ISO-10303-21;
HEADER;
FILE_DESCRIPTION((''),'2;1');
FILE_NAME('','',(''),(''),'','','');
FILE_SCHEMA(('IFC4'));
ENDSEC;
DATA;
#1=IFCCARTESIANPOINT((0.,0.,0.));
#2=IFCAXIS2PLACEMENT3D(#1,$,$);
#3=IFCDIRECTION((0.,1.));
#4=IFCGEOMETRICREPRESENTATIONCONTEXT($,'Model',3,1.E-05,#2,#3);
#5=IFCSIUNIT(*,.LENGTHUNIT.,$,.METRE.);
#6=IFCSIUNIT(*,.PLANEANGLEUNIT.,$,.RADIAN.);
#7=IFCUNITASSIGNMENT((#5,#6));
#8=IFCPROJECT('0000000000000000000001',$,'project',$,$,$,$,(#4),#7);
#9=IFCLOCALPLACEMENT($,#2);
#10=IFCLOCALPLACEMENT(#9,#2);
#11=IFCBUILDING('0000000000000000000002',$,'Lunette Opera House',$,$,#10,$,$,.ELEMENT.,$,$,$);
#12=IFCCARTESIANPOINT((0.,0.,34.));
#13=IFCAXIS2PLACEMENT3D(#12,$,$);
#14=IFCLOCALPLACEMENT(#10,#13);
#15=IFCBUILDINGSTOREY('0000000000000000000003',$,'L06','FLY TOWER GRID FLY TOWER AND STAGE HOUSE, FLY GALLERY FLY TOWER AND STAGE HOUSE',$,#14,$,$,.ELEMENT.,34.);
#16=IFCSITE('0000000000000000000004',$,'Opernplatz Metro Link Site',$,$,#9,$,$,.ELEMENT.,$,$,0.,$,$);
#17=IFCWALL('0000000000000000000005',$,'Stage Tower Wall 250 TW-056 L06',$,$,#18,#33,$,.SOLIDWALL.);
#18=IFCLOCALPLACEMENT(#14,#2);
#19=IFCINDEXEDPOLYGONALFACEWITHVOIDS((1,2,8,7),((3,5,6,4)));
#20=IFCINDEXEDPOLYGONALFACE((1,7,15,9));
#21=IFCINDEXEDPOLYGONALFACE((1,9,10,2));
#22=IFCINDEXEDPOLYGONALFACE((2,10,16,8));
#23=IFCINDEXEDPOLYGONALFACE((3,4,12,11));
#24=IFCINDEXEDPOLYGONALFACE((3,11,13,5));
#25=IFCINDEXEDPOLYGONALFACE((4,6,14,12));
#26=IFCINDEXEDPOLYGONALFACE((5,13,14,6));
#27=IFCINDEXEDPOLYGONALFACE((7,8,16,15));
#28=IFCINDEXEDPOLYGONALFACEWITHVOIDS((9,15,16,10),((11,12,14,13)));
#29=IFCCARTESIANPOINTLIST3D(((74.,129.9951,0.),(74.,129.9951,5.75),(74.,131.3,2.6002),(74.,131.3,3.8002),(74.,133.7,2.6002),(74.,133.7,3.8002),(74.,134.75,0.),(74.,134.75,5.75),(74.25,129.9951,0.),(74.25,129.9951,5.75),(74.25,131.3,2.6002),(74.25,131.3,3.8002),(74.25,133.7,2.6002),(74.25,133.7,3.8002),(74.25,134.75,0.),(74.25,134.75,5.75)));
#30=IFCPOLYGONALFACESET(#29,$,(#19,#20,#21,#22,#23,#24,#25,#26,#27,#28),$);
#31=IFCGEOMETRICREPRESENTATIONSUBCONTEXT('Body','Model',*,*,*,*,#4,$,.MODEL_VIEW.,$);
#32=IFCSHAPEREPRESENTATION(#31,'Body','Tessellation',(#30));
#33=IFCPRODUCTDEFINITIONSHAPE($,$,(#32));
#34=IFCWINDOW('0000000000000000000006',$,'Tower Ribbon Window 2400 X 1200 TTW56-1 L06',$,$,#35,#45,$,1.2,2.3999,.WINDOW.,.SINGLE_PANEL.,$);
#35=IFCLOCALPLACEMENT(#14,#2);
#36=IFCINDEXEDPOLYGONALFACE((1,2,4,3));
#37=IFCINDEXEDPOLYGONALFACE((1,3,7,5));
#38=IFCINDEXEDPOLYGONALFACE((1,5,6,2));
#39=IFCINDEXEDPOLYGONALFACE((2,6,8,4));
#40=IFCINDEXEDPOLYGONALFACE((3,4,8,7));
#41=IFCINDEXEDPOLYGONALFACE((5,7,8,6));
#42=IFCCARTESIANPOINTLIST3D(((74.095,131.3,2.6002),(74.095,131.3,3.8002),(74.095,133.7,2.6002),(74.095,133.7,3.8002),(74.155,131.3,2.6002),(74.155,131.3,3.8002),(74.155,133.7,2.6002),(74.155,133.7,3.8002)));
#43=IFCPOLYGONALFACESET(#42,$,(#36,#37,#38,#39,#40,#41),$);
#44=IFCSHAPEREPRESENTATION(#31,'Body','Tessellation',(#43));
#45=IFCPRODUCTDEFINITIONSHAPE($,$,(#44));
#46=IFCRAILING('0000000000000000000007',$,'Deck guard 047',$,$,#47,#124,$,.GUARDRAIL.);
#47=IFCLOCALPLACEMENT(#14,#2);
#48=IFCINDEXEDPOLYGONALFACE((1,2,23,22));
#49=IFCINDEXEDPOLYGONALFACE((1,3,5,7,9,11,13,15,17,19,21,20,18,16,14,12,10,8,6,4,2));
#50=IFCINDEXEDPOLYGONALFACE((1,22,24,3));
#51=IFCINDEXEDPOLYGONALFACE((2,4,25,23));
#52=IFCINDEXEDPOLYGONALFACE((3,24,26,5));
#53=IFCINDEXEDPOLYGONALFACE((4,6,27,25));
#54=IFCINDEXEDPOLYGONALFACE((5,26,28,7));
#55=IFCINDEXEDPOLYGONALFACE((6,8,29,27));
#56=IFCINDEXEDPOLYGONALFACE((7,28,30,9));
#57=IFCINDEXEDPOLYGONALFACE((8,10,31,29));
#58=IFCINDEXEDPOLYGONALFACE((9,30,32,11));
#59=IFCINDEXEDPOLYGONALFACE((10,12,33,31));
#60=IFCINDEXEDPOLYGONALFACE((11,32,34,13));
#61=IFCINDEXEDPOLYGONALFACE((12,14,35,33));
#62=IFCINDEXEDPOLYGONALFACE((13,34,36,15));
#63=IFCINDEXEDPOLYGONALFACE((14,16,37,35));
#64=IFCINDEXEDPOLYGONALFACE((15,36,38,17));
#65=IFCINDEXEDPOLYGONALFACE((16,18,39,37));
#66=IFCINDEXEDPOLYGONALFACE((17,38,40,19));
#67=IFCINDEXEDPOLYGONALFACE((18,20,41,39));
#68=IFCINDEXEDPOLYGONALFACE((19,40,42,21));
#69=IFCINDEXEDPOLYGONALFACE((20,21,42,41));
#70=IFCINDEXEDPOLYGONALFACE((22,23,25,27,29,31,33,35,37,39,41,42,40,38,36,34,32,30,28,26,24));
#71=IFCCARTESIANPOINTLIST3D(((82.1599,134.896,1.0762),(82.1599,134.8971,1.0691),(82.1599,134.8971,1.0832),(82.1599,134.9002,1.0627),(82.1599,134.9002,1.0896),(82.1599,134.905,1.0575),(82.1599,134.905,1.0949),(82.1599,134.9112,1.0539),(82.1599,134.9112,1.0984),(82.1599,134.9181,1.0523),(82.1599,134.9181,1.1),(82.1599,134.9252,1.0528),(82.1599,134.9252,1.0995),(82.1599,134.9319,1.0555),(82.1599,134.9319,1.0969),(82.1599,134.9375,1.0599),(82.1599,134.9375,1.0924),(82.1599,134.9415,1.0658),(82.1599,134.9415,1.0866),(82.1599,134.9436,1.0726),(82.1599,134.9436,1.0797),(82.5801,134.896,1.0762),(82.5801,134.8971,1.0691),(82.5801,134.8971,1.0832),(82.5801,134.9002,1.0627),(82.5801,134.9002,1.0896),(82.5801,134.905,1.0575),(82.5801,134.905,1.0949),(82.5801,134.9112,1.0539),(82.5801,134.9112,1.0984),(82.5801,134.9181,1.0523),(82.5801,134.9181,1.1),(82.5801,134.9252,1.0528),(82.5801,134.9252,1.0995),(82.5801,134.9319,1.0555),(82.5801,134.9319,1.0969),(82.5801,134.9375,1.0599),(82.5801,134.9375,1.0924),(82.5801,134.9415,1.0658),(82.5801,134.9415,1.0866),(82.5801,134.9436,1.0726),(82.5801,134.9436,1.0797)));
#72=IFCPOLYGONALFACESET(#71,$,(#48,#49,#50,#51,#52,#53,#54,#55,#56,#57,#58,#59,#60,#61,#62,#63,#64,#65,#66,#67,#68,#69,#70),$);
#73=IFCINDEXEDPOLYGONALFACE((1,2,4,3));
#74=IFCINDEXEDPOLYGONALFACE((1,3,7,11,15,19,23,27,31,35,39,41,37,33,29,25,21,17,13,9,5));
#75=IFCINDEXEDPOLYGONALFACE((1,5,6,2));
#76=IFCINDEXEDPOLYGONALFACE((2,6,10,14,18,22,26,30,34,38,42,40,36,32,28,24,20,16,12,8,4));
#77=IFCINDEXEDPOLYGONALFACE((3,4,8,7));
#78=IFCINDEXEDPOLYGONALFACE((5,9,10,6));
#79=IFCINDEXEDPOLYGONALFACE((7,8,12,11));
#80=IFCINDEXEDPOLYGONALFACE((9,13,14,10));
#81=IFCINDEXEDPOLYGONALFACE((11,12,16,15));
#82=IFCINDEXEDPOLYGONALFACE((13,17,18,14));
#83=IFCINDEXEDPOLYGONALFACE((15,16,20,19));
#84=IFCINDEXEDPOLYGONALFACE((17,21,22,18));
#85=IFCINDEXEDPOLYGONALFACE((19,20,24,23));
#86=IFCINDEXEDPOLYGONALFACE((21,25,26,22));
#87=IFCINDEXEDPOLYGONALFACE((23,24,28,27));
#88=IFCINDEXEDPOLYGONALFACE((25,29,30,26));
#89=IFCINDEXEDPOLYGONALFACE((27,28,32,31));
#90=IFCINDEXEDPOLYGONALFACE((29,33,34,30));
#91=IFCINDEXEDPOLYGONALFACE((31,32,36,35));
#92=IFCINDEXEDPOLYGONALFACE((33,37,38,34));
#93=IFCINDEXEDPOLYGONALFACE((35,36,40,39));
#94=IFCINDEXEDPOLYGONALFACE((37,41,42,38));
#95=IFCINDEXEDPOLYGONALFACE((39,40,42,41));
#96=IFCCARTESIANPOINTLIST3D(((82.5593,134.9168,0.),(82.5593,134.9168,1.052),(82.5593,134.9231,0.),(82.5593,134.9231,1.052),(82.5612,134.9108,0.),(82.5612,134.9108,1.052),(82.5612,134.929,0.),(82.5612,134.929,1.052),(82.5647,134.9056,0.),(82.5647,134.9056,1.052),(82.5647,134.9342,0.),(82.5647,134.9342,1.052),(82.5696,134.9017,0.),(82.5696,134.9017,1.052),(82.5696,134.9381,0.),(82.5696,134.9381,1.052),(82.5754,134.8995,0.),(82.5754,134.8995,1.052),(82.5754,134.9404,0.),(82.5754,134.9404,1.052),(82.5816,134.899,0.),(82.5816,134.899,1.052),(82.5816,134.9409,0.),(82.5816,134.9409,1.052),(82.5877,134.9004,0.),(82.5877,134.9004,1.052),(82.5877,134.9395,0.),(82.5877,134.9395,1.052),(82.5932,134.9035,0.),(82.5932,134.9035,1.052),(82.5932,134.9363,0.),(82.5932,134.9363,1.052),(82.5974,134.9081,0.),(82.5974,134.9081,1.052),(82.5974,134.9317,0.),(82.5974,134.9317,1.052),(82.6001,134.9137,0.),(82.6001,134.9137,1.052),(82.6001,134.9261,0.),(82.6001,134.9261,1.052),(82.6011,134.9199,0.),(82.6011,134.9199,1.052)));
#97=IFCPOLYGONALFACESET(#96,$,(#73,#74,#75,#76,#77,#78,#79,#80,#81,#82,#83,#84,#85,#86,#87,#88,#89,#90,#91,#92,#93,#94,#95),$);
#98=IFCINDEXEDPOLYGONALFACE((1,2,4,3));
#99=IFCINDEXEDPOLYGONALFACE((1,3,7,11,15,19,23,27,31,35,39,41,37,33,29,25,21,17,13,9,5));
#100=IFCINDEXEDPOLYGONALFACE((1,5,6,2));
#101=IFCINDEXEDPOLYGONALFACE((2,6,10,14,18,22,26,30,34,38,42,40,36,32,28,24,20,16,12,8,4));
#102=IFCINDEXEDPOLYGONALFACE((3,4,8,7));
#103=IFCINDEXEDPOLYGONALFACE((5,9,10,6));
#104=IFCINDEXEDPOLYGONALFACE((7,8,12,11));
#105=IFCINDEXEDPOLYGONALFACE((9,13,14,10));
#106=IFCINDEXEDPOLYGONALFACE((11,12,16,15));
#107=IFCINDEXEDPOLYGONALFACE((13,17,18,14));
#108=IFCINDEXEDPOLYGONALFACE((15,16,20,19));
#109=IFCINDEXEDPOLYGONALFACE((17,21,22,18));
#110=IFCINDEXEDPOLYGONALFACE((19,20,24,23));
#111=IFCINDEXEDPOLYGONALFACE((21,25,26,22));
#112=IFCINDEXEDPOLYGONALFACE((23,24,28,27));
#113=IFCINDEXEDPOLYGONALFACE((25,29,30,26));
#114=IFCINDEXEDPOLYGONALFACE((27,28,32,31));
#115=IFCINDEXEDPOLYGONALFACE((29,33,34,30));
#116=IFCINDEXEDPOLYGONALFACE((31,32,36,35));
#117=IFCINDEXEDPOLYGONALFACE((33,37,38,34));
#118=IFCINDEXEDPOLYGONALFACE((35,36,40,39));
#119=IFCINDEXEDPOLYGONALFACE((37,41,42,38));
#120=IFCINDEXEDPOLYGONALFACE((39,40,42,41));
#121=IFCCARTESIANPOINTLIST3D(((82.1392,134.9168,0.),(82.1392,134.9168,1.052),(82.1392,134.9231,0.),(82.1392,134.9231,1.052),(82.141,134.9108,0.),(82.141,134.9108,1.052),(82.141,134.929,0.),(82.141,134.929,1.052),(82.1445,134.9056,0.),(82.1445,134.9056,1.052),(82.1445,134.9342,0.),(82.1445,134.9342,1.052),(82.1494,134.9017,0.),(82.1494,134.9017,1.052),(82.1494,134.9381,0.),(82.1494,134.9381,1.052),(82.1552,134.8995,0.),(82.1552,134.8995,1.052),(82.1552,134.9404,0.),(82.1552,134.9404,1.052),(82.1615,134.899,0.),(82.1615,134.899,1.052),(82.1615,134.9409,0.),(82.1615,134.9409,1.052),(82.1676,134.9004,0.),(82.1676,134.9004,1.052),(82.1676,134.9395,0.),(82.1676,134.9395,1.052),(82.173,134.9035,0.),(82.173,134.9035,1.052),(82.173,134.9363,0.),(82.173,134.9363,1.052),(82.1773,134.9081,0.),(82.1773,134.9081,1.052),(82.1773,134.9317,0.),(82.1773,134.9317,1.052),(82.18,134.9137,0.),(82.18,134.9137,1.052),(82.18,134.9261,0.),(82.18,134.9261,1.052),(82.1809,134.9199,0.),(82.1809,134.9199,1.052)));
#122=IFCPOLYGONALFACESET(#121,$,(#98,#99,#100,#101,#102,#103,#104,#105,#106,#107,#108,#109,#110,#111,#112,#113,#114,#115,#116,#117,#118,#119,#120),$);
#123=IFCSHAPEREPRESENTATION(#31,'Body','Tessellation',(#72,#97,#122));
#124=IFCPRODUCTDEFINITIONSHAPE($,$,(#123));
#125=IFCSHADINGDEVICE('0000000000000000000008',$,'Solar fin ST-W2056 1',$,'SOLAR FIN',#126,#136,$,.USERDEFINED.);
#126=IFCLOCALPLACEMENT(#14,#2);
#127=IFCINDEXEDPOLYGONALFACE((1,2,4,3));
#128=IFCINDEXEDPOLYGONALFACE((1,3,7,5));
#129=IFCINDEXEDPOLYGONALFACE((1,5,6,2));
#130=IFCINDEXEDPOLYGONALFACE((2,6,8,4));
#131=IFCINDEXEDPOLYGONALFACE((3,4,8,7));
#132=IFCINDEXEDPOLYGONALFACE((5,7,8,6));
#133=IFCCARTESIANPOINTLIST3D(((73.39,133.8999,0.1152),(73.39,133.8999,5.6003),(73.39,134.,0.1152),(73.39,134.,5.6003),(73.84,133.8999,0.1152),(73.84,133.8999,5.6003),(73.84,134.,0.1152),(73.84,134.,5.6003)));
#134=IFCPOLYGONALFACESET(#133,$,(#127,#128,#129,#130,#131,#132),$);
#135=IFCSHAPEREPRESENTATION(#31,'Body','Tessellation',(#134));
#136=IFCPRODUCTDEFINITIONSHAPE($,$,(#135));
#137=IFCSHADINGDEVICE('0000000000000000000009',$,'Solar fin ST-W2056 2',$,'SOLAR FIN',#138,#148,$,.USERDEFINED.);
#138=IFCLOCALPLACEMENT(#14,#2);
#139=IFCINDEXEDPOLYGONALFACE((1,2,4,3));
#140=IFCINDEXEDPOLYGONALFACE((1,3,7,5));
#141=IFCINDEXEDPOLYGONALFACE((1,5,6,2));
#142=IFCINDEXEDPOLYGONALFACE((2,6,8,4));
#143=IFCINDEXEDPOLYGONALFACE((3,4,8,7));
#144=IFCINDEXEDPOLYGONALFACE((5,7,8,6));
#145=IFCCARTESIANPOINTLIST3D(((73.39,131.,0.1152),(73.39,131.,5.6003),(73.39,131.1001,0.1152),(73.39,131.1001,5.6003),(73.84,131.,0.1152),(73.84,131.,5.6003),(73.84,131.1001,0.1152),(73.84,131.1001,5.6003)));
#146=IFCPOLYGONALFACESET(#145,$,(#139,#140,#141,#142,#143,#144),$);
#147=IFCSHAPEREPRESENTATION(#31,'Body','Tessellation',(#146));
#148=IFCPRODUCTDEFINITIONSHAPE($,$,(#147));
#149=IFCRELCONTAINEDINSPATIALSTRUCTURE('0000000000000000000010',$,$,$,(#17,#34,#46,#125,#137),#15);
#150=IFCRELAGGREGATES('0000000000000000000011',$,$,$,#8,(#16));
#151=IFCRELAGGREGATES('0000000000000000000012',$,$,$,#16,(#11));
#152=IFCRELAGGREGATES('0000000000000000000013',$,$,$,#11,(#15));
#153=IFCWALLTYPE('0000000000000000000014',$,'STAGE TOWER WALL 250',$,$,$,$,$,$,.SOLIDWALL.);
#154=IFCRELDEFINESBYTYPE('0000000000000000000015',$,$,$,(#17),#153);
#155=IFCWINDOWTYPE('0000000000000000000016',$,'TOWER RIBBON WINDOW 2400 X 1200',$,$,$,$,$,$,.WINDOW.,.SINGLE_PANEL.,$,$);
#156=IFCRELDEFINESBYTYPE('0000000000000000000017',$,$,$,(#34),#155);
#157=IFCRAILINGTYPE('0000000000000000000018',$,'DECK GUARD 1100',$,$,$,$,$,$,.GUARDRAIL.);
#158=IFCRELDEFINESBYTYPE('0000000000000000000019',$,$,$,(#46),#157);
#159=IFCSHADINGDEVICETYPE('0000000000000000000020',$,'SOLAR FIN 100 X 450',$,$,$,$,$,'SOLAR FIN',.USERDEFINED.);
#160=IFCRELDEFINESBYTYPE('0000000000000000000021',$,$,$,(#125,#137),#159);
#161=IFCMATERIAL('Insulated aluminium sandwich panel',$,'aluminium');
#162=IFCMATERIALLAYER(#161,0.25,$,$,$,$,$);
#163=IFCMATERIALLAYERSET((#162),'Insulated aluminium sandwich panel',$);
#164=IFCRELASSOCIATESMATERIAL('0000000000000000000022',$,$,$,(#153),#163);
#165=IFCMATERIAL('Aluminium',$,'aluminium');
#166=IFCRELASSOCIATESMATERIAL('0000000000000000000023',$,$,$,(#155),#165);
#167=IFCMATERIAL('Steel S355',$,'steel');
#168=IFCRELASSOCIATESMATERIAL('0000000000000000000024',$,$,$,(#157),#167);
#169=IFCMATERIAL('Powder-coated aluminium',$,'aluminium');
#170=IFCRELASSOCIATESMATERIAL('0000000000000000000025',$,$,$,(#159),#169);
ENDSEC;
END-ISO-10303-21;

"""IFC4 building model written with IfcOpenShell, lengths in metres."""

from ifc_helpers import new_model, si_unit, direction, frame, frame_2d, origin, origin_2d, place, context, subcontext, project, spatial, rectangle, circle, extrude, material, layer, layer_set, type_object, element, fill, save


model = new_model("IFC4")

# Units and contexts
model_context = context("Model", 3, precision=1e-05, world=origin(), true_north=direction((0.0, 1.0)))
body_context = subcontext(model_context, "Body", "Model", "MODEL_VIEW")
ifc_project = project(units=[si_unit("LENGTHUNIT", "METRE"), si_unit("PLANEANGLEUNIT", "RADIAN")], contexts=[model_context])

# Site, building, storey
site_placement = place(None, origin())
site = spatial("IfcSite", under=ifc_project, at=site_placement, Name="Opernplatz Metro Link Site", CompositionType="ELEMENT", RefElevation=0.0)
building_placement = place(site_placement, origin())
building = spatial("IfcBuilding", under=site, at=building_placement, Name="Lunette Opera House", CompositionType="ELEMENT")
storey_placement = place(building_placement, frame((0.0, 0.0, 34.0)))
storey = spatial("IfcBuildingStorey", under=building, at=storey_placement, Name="L06", Description="FLY TOWER GRID FLY TOWER AND STAGE HOUSE, FLY GALLERY FLY TOWER AND STAGE HOUSE", CompositionType="ELEMENT", Elevation=34.0)

# Shared definitions
ifc_material_1 = material(Name="Insulated aluminium sandwich panel", Category="aluminium")
ifc_layer_1 = layer(ifc_material_1, 0.25)
ifc_layer_set_1 = layer_set([ifc_layer_1], Name="Insulated aluminium sandwich panel")
wall_type_1 = type_object("IfcWallType", Name="STAGE TOWER WALL 250", PredefinedType="SOLIDWALL", material=ifc_layer_set_1)

# Wall, opening, window
ifc_material_2 = material(Name="Aluminium", Category="aluminium")
window_type = type_object("IfcWindowType", Name="TOWER RIBBON WINDOW 2400 X 1200", PartitioningType="SINGLE_PANEL", PredefinedType="WINDOW", material=ifc_material_2)
wall_1_placement = place(storey_placement, frame((74.125, 134.75, 0.0), z_axis=(0.0, 0.0, 1.0), x_axis=(0.0, -1.0, 0.0)))
wall_1 = element("IfcWall", 1, at=wall_1_placement, inside=storey, type_object=wall_type_1, Name="Stage Tower Wall 250 TW-056 L06", PredefinedType="SOLIDWALL", context=body_context, shape_type="SweptSolid", body=[
    extrude(rectangle(XDim=4.7549, YDim=0.25, at=frame_2d((2.3774, 0.0))), origin(), (0.0, 0.0, 1.0), 5.75),
])
opening_1_placement = place(wall_1_placement, frame((1.05, 0.0, 2.6001)))
opening_1 = element("IfcOpeningElement", 2, at=opening_1_placement, cuts=wall_1, PredefinedType="OPENING", context=body_context, shape_type="SweptSolid", body=[
    extrude(rectangle(XDim=2.3999, YDim=1.2, at=frame_2d((1.2, 0.6001))), frame((0.0, 0.137, 0.0), z_axis=(0.0, -1.0, 0.0), x_axis=(1.0, 0.0, 0.0)), (0.0, 0.0, 1.0), 0.2739),
])
window_1_placement = place(opening_1_placement, origin())
window_1 = element("IfcWindow", 3, at=window_1_placement, inside=storey, type_object=window_type, Name="Tower Ribbon Window 2400 X 1200 TTW56-1 L06", OverallHeight=1.2, OverallWidth=2.3999, PartitioningType="SINGLE_PANEL", PredefinedType="WINDOW", context=body_context, shape_type="SweptSolid", body=[
    extrude(rectangle(XDim=2.3999, YDim=1.2, at=frame_2d((1.2, 0.6001))), frame((0.0, 0.03, 0.0), z_axis=(0.0, -1.0, 0.0), x_axis=(1.0, 0.0, 0.0)), (0.0, 0.0, 1.0), 0.0601),
])
fill(opening_1, window_1)

# Railing
ifc_material_3 = material(Name="Steel S355", Category="steel")
railing_type_1 = type_object("IfcRailingType", Name="DECK GUARD 1100", PredefinedType="GUARDRAIL", material=ifc_material_3)
railing_1_placement = place(storey_placement, frame((82.5801, 134.9199, 0.0)))
element("IfcRailing", 4, at=railing_1_placement, inside=storey, type_object=railing_type_1, Name="Deck guard 047", PredefinedType="GUARDRAIL", context=body_context, shape_type="SweptSolid", body=[
    extrude(circle(Radius=0.0239, at=origin_2d()), frame((0.0, 0.0, 1.0762), z_axis=(-1.0, 0.0, 0.0), x_axis=(0.0, -1.0, 0.0)), (0.0, 0.0, 1.0), 0.4202),
    extrude(circle(Radius=0.021, at=origin_2d()), origin(), (0.0, 0.0, 1.0), 1.052),
    extrude(circle(Radius=0.021, at=origin_2d()), frame((-0.4202, 0.0, 0.0)), (0.0, 0.0, 1.0), 1.052),
])

# Shading devices
ifc_material_4 = material(Name="Powder-coated aluminium", Category="aluminium")
shading_device_type = type_object("IfcShadingDeviceType", Name="SOLAR FIN 100 X 450", ElementType="SOLAR FIN", PredefinedType="USERDEFINED", material=ifc_material_4)
for number, where, z_axis, x_axis, name in (
    (5, (73.615, 133.95, 0.1152), (0.0, 0.0, 1.0), (-1.0, 0.0, 0.0), "Solar fin ST-W2056 1"),
    (6, (73.615, 131.05, 0.1152), (0.0, 0.0, 1.0), (-1.0, 0.0, 0.0), "Solar fin ST-W2056 2"),
):
    element("IfcShadingDevice", number, at=place(storey_placement, frame(where, z_axis=z_axis, x_axis=x_axis)), inside=storey, type_object=shading_device_type, Name=name, ObjectType="SOLAR FIN", PredefinedType="USERDEFINED", context=body_context, shape_type="SweptSolid", body=[
        extrude(rectangle(XDim=0.45, YDim=0.1001, at=origin_2d()), origin(), (0.0, 0.0, 1.0), 5.4851),
    ])

save(model, "model.ifc")
